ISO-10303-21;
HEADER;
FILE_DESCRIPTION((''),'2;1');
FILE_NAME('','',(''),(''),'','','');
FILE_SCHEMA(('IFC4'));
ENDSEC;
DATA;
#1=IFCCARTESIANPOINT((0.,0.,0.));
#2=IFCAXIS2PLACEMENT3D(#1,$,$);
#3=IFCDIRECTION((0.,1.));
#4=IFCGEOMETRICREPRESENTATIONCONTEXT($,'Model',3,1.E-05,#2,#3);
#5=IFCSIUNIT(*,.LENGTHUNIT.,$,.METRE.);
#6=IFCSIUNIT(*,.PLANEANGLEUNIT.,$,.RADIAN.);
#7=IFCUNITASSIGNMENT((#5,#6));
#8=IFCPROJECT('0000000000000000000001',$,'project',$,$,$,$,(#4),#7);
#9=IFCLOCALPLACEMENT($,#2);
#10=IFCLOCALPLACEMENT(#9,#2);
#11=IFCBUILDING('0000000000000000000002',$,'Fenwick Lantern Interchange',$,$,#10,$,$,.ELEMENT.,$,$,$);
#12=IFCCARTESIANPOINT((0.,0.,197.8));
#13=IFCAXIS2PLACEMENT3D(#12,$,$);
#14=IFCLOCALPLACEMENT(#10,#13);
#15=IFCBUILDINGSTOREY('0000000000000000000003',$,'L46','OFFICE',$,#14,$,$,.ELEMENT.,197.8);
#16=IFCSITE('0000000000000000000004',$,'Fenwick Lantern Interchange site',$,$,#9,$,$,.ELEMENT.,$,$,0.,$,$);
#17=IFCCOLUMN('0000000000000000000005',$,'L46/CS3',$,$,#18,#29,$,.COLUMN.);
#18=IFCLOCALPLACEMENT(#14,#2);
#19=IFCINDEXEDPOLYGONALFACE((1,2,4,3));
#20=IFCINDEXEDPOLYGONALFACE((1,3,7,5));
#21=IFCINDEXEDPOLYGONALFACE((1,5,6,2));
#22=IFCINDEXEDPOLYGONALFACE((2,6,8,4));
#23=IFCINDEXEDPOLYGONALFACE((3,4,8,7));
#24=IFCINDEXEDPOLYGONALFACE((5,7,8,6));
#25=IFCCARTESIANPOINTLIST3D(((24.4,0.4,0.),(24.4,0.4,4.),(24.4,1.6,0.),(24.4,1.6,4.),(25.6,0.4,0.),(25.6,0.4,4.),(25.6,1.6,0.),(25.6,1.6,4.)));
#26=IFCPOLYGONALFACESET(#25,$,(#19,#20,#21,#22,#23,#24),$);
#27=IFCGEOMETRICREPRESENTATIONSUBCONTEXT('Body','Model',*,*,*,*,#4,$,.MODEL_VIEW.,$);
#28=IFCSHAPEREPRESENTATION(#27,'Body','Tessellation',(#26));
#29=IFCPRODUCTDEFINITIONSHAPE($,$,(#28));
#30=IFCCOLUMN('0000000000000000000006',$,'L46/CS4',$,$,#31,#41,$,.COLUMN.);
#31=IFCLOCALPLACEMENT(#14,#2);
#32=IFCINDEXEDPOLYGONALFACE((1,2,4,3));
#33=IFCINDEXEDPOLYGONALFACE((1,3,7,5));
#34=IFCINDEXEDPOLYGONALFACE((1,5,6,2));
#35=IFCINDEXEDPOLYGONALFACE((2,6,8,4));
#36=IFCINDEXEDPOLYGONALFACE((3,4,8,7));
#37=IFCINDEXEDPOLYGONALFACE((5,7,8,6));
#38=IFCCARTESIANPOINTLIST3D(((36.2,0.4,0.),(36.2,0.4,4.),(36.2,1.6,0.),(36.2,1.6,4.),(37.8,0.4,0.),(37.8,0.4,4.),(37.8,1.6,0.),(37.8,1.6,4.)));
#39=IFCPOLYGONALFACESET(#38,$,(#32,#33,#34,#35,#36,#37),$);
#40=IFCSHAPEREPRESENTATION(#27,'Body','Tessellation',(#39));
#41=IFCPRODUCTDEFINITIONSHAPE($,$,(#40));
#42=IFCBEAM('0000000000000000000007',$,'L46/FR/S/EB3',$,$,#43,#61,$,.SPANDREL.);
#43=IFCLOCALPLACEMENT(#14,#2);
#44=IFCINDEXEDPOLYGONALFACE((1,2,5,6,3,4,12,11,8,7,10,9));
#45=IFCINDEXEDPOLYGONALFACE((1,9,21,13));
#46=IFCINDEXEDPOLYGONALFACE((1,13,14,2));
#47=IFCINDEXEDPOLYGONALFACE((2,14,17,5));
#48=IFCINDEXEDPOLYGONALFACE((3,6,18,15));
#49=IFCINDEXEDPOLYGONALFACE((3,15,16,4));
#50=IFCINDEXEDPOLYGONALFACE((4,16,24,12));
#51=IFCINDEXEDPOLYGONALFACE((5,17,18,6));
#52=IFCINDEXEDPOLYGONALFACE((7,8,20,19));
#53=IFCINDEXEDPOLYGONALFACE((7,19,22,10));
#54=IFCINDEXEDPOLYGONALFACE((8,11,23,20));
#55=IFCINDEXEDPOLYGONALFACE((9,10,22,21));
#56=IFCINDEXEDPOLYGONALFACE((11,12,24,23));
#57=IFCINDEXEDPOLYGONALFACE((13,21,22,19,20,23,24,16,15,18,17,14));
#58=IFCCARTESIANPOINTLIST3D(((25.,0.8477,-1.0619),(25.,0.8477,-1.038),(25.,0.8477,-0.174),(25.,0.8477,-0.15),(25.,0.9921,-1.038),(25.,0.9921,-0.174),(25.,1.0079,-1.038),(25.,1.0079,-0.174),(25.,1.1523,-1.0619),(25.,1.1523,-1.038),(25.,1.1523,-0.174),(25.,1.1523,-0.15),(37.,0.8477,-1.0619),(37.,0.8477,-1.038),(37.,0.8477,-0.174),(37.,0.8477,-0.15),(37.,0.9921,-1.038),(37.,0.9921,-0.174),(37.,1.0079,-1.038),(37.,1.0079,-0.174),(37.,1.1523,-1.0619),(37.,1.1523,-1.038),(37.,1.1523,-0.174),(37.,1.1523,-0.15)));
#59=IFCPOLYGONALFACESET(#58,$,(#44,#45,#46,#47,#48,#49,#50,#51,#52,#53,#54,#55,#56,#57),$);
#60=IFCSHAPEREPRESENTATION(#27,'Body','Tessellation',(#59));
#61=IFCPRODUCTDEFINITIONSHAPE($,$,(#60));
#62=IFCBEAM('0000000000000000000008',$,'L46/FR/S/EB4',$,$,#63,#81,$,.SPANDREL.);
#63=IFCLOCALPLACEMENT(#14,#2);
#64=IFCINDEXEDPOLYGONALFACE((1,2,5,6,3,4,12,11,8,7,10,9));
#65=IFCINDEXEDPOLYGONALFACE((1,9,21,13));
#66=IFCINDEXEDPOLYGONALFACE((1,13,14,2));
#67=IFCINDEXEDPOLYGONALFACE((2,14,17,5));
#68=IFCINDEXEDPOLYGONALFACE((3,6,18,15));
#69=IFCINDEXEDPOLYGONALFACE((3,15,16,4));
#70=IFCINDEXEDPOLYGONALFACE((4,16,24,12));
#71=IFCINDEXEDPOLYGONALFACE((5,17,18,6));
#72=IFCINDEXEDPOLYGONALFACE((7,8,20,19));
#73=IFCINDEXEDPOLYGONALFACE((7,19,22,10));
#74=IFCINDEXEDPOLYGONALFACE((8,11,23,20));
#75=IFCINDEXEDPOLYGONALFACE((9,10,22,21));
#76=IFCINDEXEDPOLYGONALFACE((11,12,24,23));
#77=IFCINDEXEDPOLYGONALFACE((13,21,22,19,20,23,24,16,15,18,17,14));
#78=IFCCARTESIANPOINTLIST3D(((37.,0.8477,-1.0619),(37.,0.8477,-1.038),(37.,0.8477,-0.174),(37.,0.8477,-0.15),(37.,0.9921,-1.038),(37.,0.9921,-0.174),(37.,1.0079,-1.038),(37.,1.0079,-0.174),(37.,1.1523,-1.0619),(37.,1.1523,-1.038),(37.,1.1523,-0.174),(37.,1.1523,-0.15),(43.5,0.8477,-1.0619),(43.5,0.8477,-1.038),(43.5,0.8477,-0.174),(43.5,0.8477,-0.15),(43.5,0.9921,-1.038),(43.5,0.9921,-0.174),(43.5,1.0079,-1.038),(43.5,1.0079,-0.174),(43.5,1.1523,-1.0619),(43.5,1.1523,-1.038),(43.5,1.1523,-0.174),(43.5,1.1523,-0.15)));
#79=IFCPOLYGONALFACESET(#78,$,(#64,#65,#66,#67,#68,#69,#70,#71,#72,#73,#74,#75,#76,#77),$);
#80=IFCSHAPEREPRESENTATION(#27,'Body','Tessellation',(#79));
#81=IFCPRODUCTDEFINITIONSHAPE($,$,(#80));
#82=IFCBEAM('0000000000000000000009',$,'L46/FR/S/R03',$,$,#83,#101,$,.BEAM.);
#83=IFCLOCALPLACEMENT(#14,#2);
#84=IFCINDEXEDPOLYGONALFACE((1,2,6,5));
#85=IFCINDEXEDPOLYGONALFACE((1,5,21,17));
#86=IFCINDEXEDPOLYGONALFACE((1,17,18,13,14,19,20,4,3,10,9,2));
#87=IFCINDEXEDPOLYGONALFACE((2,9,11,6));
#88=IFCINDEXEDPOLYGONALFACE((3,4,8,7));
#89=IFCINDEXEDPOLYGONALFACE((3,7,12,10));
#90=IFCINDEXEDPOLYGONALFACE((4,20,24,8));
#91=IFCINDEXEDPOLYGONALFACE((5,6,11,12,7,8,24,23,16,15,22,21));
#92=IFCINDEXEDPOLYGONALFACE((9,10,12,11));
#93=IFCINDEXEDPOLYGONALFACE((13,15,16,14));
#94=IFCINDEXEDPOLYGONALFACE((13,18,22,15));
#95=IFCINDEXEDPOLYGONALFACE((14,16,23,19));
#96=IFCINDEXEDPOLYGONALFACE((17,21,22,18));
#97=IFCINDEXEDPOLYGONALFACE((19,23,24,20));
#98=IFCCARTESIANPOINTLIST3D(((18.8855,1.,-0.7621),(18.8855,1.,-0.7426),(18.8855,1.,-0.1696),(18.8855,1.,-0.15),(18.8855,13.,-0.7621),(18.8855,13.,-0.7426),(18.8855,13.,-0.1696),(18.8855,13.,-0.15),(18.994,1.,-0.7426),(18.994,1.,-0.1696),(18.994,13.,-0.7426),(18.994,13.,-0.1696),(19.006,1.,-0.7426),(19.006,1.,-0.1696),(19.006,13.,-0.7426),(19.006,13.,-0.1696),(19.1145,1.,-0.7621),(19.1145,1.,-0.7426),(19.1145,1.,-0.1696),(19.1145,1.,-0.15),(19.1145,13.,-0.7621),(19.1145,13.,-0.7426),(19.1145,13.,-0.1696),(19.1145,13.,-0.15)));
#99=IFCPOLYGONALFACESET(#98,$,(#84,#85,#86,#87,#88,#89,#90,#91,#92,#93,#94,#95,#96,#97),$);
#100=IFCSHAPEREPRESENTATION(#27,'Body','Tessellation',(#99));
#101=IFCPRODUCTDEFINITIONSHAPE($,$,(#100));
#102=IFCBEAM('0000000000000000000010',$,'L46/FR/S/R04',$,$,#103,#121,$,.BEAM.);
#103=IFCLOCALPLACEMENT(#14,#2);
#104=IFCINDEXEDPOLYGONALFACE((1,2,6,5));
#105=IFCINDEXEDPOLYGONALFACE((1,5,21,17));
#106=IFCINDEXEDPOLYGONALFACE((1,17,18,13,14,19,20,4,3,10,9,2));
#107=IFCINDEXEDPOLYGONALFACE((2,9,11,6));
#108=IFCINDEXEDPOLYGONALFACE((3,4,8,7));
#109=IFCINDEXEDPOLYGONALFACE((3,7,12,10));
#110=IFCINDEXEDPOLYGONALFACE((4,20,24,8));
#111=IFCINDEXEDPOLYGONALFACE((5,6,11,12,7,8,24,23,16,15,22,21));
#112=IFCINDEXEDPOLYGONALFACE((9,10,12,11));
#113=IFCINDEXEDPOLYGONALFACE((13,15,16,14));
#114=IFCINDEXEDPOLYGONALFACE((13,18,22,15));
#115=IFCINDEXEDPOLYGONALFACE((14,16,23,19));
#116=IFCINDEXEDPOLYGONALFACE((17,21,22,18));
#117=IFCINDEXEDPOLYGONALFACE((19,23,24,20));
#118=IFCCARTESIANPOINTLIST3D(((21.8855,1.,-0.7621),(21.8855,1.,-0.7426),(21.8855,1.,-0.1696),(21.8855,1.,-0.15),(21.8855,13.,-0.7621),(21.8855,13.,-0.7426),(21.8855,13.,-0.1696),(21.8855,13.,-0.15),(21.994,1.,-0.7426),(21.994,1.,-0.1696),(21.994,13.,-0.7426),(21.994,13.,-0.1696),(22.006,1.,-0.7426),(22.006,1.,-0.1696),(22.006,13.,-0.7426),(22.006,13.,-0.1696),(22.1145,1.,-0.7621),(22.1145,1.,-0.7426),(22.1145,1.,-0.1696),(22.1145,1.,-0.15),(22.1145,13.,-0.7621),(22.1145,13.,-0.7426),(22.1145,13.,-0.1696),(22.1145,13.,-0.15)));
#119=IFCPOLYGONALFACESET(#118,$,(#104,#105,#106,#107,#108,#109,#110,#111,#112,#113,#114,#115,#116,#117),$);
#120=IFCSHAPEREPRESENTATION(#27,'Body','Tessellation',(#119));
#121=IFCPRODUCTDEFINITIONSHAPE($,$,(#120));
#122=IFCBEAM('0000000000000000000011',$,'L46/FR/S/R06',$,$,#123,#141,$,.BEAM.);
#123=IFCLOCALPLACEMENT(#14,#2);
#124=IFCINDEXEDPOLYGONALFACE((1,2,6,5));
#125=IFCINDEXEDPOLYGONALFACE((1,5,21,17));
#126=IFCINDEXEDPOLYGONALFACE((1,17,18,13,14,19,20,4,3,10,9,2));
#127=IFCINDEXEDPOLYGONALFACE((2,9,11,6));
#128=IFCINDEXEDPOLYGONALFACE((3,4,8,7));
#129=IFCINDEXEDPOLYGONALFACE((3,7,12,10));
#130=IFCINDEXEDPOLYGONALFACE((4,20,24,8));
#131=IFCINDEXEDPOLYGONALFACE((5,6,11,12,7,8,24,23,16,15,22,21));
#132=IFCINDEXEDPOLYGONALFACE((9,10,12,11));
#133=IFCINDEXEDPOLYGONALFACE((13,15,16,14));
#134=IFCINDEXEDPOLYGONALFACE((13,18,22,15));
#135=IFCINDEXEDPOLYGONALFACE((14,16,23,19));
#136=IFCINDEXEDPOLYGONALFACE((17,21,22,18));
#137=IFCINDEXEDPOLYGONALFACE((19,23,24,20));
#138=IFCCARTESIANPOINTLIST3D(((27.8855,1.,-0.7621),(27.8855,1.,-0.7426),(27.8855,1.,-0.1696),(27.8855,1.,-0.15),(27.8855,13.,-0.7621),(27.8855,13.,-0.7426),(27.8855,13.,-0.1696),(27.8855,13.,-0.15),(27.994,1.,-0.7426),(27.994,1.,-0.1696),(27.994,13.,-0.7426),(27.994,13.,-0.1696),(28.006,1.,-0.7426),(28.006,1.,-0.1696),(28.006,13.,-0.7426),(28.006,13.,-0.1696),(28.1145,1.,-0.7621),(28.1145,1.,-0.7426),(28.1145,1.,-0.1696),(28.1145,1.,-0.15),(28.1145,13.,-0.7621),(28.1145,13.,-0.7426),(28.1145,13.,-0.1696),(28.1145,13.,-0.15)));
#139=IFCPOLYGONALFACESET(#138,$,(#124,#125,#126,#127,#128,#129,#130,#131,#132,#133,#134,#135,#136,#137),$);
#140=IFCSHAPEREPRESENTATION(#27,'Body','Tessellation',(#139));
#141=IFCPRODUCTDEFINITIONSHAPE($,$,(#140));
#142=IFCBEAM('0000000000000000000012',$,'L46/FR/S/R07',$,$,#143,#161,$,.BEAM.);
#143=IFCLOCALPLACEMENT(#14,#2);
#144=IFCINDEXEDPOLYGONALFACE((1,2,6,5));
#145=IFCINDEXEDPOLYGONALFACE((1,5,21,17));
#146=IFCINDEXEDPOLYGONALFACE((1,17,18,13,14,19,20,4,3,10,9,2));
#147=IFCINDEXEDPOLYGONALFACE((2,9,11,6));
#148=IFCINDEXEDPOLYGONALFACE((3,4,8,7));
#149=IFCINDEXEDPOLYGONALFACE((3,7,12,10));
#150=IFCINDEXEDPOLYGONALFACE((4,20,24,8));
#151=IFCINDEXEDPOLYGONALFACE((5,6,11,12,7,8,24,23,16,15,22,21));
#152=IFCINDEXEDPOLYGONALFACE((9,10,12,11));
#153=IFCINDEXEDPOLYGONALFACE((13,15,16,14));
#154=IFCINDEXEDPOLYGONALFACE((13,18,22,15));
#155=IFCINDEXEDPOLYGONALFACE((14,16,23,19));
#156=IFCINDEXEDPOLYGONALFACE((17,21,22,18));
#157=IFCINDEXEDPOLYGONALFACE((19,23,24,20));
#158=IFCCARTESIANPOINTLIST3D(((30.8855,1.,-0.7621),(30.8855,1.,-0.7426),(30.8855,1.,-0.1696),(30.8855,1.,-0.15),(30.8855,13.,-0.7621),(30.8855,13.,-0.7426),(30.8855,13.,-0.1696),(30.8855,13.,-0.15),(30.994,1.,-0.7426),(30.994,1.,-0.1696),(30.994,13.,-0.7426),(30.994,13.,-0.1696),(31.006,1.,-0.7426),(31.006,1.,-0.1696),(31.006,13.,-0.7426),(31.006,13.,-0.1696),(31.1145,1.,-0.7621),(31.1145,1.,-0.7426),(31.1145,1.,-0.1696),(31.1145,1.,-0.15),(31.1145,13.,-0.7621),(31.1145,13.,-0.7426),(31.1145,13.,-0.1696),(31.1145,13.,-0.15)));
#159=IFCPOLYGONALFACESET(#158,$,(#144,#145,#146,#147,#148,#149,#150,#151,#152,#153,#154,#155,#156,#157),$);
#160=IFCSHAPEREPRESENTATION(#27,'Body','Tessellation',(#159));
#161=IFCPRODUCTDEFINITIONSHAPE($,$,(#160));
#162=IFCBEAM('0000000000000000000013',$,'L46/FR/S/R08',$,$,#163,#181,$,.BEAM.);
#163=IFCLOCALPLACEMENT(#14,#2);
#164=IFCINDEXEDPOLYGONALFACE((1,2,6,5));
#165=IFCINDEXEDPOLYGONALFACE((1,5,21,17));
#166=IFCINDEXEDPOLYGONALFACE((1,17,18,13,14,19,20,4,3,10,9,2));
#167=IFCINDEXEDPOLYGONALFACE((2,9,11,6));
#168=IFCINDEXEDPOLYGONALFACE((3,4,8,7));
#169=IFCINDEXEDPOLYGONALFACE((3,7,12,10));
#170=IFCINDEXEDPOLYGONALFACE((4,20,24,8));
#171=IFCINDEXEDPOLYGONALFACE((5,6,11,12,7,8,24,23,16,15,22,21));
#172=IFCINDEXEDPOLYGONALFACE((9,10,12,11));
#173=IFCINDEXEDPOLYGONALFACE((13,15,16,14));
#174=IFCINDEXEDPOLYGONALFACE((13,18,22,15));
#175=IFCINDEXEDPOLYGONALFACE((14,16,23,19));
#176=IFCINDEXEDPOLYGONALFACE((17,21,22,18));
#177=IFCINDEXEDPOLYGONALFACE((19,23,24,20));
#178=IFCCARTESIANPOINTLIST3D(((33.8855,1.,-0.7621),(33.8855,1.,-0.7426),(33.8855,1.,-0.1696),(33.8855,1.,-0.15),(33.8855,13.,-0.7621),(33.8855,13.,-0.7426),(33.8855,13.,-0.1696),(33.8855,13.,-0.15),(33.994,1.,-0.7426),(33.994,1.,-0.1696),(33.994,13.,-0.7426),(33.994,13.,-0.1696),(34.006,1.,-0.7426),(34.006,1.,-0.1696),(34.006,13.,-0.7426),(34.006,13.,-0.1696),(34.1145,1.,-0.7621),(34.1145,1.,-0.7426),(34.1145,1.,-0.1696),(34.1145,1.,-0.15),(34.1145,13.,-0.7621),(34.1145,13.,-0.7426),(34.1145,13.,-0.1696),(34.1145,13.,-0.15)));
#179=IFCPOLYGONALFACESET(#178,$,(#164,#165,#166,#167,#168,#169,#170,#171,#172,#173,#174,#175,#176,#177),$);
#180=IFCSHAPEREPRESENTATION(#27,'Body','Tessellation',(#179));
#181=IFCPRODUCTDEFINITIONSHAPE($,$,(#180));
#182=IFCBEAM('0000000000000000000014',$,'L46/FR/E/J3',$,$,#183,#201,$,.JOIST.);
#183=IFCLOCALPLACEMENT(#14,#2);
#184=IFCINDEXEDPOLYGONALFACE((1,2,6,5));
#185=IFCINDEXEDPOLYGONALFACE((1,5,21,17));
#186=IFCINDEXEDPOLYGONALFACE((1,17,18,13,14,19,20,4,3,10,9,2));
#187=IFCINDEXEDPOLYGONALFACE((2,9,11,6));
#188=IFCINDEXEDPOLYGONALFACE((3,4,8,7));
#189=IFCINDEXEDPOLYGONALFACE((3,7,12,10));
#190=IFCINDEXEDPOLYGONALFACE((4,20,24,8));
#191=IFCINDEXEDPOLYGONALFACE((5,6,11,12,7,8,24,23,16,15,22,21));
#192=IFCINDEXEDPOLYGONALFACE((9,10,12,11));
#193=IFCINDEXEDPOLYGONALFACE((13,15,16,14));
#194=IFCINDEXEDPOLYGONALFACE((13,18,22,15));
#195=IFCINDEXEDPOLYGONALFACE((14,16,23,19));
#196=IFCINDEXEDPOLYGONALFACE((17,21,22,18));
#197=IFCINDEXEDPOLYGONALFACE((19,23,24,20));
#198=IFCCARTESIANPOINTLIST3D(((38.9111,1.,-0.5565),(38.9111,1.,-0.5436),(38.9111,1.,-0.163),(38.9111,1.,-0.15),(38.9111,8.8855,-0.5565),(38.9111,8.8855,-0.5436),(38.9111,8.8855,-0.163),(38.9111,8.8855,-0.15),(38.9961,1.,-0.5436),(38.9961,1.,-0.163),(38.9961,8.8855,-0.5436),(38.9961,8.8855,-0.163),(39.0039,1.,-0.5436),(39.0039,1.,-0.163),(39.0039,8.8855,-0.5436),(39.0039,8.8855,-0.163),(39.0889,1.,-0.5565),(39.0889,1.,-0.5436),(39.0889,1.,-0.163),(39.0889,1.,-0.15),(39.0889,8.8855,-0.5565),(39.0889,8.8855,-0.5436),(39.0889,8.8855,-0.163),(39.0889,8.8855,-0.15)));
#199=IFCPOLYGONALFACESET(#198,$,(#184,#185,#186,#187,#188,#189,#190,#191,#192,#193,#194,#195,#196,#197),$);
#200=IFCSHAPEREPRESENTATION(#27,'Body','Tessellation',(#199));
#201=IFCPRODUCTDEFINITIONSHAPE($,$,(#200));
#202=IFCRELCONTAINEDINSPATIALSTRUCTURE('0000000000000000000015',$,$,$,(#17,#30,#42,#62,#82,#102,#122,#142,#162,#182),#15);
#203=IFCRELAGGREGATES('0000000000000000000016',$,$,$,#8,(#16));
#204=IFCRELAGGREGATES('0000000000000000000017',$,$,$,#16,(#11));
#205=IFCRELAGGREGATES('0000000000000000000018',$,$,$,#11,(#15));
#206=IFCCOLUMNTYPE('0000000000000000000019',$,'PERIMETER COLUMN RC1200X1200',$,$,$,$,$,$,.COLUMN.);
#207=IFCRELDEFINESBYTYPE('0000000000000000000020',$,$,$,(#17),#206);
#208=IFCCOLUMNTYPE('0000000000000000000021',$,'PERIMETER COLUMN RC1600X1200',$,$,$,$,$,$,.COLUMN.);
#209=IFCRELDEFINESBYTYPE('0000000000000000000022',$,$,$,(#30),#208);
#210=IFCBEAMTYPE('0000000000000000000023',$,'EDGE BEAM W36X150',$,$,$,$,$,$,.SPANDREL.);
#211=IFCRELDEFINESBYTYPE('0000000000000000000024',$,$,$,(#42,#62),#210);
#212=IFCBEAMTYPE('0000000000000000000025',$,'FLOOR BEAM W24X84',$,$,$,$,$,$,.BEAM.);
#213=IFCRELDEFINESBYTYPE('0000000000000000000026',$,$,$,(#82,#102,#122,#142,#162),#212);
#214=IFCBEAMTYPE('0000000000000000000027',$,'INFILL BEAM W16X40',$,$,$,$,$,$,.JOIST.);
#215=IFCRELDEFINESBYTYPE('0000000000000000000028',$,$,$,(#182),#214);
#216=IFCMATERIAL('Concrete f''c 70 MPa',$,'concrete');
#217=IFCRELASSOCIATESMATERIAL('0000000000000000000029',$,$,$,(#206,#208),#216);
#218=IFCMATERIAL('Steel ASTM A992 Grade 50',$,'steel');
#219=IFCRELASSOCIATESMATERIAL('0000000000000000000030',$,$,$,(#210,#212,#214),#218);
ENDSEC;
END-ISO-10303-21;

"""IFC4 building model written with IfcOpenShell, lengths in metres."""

from ifc_helpers import new_model, si_unit, direction, frame, origin, origin_2d, place, context, subcontext, project, spatial, rectangle, i_section, extrude, material, material_profile, profile_set, type_object, element, save


model = new_model("IFC4")

# Units and contexts
model_context = context("Model", 3, precision=1e-05, world=origin(), true_north=direction((0.0, 1.0)))
body_context = subcontext(model_context, "Body", "Model", "MODEL_VIEW")
ifc_project = project(units=[si_unit("LENGTHUNIT", "METRE"), si_unit("PLANEANGLEUNIT", "RADIAN")], contexts=[model_context])

# Site, building, storey
site_placement = place(None, origin())
site = spatial("IfcSite", under=ifc_project, at=site_placement, Name="Fenwick Lantern Interchange site", CompositionType="ELEMENT", RefElevation=0.0)
building_placement = place(site_placement, origin())
building = spatial("IfcBuilding", under=site, at=building_placement, Name="Fenwick Lantern Interchange", CompositionType="ELEMENT")
storey_placement = place(building_placement, frame((0.0, 0.0, 197.8)))
storey = spatial("IfcBuildingStorey", under=building, at=storey_placement, Name="L46", Description="OFFICE", CompositionType="ELEMENT", Elevation=197.8)

# Columns
ifc_material_1 = material(Name="Concrete f'c 70 MPa", Category="concrete")
ifc_material_profile_1 = material_profile(ifc_material_1, rectangle(XDim=1.2, YDim=1.2, at=origin_2d()), Name="RC1200X1200")
ifc_profile_set_1 = profile_set([ifc_material_profile_1], Name="Concrete f'c 70 MPa")
column_type_1 = type_object("IfcColumnType", Name="PERIMETER COLUMN RC1200X1200", PredefinedType="COLUMN", material=ifc_profile_set_1)
column_1_placement = place(storey_placement, frame((25.0, 1.0, 0.0), z_axis=(0.0, 0.0, 1.0), x_axis=(1.0, 0.0, 0.0)))
element("IfcColumn", 1, at=column_1_placement, inside=storey, type_object=column_type_1, Name="L46/CS3", PredefinedType="COLUMN", context=body_context, shape_type="SweptSolid", body=[
    extrude(rectangle(XDim=1.2, YDim=1.2, at=origin_2d()), origin(), (0.0, 0.0, 1.0), 4.0),
])
ifc_material_profile_2 = material_profile(ifc_material_1, rectangle(XDim=1.6001, YDim=1.2, at=origin_2d()), Name="RC1600X1200")
ifc_profile_set_2 = profile_set([ifc_material_profile_2], Name="Concrete f'c 70 MPa")
column_type_2 = type_object("IfcColumnType", Name="PERIMETER COLUMN RC1600X1200", PredefinedType="COLUMN", material=ifc_profile_set_2)
column_2_placement = place(storey_placement, frame((37.0, 1.0, 0.0), z_axis=(0.0, 0.0, 1.0), x_axis=(1.0, 0.0, 0.0)))
element("IfcColumn", 2, at=column_2_placement, inside=storey, type_object=column_type_2, Name="L46/CS4", PredefinedType="COLUMN", context=body_context, shape_type="SweptSolid", body=[
    extrude(rectangle(XDim=1.6001, YDim=1.2, at=origin_2d()), origin(), (0.0, 0.0, 1.0), 4.0),
])

# Beams
ifc_material_2 = material(Name="Steel ASTM A992 Grade 50", Category="steel")
ifc_material_profile_3 = material_profile(ifc_material_2, i_section(OverallWidth=0.3047, OverallDepth=0.9119, WebThickness=0.0159, FlangeThickness=0.0239, at=origin_2d()), Name="W36X150")
ifc_profile_set_3 = profile_set([ifc_material_profile_3], Name="Steel ASTM A992 Grade 50")
beam_type_1 = type_object("IfcBeamType", Name="EDGE BEAM W36X150", PredefinedType="SPANDREL", material=ifc_profile_set_3)
beam_1_placement = place(storey_placement, frame((25.0, 1.0, -0.606), z_axis=(1.0, 0.0, 0.0), x_axis=(0.0, 1.0, 0.0)))
element("IfcBeam", 3, at=beam_1_placement, inside=storey, type_object=beam_type_1, Name="L46/FR/S/EB3", PredefinedType="SPANDREL", context=body_context, shape_type="SweptSolid", body=[
    extrude(i_section(OverallWidth=0.3047, OverallDepth=0.9119, WebThickness=0.0159, FlangeThickness=0.0239, at=origin_2d()), origin(), (0.0, 0.0, 1.0), 12.0),
])
beam_2_placement = place(storey_placement, frame((37.0, 1.0, -0.606), z_axis=(1.0, 0.0, 0.0), x_axis=(0.0, 1.0, 0.0)))
element("IfcBeam", 4, at=beam_2_placement, inside=storey, type_object=beam_type_1, Name="L46/FR/S/EB4", PredefinedType="SPANDREL", context=body_context, shape_type="SweptSolid", body=[
    extrude(i_section(OverallWidth=0.3047, OverallDepth=0.9119, WebThickness=0.0159, FlangeThickness=0.0239, at=origin_2d()), origin(), (0.0, 0.0, 1.0), 6.5),
])
ifc_material_profile_4 = material_profile(ifc_material_2, i_section(OverallWidth=0.229, OverallDepth=0.6121, WebThickness=0.012, FlangeThickness=0.0195, at=origin_2d()), Name="W24X84")
ifc_profile_set_4 = profile_set([ifc_material_profile_4], Name="Steel ASTM A992 Grade 50")
beam_type_2 = type_object("IfcBeamType", Name="FLOOR BEAM W24X84", PredefinedType="BEAM", material=ifc_profile_set_4)
for number, where, z_axis, x_axis, name in (
    (5, (19.0, 1.0, -0.4561), (0.0, 1.0, 0.0), (-1.0, 0.0, 0.0), "L46/FR/S/R03"),
    (6, (22.0, 1.0, -0.4561), (0.0, 1.0, 0.0), (-1.0, 0.0, 0.0), "L46/FR/S/R04"),
    (7, (28.0, 1.0, -0.4561), (0.0, 1.0, 0.0), (-1.0, 0.0, 0.0), "L46/FR/S/R06"),
    (8, (31.0, 1.0, -0.4561), (0.0, 1.0, 0.0), (-1.0, 0.0, 0.0), "L46/FR/S/R07"),
    (9, (34.0, 1.0, -0.4561), (0.0, 1.0, 0.0), (-1.0, 0.0, 0.0), "L46/FR/S/R08"),
):
    element("IfcBeam", number, at=place(storey_placement, frame(where, z_axis=z_axis, x_axis=x_axis)), inside=storey, type_object=beam_type_2, Name=name, PredefinedType="BEAM", context=body_context, shape_type="SweptSolid", body=[
        extrude(i_section(OverallWidth=0.229, OverallDepth=0.6121, WebThickness=0.012, FlangeThickness=0.0195, at=origin_2d()), origin(), (0.0, 0.0, 1.0), 12.0),
    ])
ifc_material_profile_5 = material_profile(ifc_material_2, i_section(OverallWidth=0.1777, OverallDepth=0.4065, WebThickness=0.0078, FlangeThickness=0.0129, at=origin_2d()), Name="W16X40")
ifc_profile_set_5 = profile_set([ifc_material_profile_5], Name="Steel ASTM A992 Grade 50")
beam_type_3 = type_object("IfcBeamType", Name="INFILL BEAM W16X40", PredefinedType="JOIST", material=ifc_profile_set_5)
beam_3_placement = place(storey_placement, frame((39.0, 1.0, -0.3533), z_axis=(0.0, 1.0, 0.0), x_axis=(-1.0, 0.0, 0.0)))
element("IfcBeam", 10, at=beam_3_placement, inside=storey, type_object=beam_type_3, Name="L46/FR/E/J3", PredefinedType="JOIST", context=body_context, shape_type="SweptSolid", body=[
    extrude(i_section(OverallWidth=0.1777, OverallDepth=0.4065, WebThickness=0.0078, FlangeThickness=0.0129, at=origin_2d()), origin(), (0.0, 0.0, 1.0), 7.8855),
])

save(model, "model.ifc")
